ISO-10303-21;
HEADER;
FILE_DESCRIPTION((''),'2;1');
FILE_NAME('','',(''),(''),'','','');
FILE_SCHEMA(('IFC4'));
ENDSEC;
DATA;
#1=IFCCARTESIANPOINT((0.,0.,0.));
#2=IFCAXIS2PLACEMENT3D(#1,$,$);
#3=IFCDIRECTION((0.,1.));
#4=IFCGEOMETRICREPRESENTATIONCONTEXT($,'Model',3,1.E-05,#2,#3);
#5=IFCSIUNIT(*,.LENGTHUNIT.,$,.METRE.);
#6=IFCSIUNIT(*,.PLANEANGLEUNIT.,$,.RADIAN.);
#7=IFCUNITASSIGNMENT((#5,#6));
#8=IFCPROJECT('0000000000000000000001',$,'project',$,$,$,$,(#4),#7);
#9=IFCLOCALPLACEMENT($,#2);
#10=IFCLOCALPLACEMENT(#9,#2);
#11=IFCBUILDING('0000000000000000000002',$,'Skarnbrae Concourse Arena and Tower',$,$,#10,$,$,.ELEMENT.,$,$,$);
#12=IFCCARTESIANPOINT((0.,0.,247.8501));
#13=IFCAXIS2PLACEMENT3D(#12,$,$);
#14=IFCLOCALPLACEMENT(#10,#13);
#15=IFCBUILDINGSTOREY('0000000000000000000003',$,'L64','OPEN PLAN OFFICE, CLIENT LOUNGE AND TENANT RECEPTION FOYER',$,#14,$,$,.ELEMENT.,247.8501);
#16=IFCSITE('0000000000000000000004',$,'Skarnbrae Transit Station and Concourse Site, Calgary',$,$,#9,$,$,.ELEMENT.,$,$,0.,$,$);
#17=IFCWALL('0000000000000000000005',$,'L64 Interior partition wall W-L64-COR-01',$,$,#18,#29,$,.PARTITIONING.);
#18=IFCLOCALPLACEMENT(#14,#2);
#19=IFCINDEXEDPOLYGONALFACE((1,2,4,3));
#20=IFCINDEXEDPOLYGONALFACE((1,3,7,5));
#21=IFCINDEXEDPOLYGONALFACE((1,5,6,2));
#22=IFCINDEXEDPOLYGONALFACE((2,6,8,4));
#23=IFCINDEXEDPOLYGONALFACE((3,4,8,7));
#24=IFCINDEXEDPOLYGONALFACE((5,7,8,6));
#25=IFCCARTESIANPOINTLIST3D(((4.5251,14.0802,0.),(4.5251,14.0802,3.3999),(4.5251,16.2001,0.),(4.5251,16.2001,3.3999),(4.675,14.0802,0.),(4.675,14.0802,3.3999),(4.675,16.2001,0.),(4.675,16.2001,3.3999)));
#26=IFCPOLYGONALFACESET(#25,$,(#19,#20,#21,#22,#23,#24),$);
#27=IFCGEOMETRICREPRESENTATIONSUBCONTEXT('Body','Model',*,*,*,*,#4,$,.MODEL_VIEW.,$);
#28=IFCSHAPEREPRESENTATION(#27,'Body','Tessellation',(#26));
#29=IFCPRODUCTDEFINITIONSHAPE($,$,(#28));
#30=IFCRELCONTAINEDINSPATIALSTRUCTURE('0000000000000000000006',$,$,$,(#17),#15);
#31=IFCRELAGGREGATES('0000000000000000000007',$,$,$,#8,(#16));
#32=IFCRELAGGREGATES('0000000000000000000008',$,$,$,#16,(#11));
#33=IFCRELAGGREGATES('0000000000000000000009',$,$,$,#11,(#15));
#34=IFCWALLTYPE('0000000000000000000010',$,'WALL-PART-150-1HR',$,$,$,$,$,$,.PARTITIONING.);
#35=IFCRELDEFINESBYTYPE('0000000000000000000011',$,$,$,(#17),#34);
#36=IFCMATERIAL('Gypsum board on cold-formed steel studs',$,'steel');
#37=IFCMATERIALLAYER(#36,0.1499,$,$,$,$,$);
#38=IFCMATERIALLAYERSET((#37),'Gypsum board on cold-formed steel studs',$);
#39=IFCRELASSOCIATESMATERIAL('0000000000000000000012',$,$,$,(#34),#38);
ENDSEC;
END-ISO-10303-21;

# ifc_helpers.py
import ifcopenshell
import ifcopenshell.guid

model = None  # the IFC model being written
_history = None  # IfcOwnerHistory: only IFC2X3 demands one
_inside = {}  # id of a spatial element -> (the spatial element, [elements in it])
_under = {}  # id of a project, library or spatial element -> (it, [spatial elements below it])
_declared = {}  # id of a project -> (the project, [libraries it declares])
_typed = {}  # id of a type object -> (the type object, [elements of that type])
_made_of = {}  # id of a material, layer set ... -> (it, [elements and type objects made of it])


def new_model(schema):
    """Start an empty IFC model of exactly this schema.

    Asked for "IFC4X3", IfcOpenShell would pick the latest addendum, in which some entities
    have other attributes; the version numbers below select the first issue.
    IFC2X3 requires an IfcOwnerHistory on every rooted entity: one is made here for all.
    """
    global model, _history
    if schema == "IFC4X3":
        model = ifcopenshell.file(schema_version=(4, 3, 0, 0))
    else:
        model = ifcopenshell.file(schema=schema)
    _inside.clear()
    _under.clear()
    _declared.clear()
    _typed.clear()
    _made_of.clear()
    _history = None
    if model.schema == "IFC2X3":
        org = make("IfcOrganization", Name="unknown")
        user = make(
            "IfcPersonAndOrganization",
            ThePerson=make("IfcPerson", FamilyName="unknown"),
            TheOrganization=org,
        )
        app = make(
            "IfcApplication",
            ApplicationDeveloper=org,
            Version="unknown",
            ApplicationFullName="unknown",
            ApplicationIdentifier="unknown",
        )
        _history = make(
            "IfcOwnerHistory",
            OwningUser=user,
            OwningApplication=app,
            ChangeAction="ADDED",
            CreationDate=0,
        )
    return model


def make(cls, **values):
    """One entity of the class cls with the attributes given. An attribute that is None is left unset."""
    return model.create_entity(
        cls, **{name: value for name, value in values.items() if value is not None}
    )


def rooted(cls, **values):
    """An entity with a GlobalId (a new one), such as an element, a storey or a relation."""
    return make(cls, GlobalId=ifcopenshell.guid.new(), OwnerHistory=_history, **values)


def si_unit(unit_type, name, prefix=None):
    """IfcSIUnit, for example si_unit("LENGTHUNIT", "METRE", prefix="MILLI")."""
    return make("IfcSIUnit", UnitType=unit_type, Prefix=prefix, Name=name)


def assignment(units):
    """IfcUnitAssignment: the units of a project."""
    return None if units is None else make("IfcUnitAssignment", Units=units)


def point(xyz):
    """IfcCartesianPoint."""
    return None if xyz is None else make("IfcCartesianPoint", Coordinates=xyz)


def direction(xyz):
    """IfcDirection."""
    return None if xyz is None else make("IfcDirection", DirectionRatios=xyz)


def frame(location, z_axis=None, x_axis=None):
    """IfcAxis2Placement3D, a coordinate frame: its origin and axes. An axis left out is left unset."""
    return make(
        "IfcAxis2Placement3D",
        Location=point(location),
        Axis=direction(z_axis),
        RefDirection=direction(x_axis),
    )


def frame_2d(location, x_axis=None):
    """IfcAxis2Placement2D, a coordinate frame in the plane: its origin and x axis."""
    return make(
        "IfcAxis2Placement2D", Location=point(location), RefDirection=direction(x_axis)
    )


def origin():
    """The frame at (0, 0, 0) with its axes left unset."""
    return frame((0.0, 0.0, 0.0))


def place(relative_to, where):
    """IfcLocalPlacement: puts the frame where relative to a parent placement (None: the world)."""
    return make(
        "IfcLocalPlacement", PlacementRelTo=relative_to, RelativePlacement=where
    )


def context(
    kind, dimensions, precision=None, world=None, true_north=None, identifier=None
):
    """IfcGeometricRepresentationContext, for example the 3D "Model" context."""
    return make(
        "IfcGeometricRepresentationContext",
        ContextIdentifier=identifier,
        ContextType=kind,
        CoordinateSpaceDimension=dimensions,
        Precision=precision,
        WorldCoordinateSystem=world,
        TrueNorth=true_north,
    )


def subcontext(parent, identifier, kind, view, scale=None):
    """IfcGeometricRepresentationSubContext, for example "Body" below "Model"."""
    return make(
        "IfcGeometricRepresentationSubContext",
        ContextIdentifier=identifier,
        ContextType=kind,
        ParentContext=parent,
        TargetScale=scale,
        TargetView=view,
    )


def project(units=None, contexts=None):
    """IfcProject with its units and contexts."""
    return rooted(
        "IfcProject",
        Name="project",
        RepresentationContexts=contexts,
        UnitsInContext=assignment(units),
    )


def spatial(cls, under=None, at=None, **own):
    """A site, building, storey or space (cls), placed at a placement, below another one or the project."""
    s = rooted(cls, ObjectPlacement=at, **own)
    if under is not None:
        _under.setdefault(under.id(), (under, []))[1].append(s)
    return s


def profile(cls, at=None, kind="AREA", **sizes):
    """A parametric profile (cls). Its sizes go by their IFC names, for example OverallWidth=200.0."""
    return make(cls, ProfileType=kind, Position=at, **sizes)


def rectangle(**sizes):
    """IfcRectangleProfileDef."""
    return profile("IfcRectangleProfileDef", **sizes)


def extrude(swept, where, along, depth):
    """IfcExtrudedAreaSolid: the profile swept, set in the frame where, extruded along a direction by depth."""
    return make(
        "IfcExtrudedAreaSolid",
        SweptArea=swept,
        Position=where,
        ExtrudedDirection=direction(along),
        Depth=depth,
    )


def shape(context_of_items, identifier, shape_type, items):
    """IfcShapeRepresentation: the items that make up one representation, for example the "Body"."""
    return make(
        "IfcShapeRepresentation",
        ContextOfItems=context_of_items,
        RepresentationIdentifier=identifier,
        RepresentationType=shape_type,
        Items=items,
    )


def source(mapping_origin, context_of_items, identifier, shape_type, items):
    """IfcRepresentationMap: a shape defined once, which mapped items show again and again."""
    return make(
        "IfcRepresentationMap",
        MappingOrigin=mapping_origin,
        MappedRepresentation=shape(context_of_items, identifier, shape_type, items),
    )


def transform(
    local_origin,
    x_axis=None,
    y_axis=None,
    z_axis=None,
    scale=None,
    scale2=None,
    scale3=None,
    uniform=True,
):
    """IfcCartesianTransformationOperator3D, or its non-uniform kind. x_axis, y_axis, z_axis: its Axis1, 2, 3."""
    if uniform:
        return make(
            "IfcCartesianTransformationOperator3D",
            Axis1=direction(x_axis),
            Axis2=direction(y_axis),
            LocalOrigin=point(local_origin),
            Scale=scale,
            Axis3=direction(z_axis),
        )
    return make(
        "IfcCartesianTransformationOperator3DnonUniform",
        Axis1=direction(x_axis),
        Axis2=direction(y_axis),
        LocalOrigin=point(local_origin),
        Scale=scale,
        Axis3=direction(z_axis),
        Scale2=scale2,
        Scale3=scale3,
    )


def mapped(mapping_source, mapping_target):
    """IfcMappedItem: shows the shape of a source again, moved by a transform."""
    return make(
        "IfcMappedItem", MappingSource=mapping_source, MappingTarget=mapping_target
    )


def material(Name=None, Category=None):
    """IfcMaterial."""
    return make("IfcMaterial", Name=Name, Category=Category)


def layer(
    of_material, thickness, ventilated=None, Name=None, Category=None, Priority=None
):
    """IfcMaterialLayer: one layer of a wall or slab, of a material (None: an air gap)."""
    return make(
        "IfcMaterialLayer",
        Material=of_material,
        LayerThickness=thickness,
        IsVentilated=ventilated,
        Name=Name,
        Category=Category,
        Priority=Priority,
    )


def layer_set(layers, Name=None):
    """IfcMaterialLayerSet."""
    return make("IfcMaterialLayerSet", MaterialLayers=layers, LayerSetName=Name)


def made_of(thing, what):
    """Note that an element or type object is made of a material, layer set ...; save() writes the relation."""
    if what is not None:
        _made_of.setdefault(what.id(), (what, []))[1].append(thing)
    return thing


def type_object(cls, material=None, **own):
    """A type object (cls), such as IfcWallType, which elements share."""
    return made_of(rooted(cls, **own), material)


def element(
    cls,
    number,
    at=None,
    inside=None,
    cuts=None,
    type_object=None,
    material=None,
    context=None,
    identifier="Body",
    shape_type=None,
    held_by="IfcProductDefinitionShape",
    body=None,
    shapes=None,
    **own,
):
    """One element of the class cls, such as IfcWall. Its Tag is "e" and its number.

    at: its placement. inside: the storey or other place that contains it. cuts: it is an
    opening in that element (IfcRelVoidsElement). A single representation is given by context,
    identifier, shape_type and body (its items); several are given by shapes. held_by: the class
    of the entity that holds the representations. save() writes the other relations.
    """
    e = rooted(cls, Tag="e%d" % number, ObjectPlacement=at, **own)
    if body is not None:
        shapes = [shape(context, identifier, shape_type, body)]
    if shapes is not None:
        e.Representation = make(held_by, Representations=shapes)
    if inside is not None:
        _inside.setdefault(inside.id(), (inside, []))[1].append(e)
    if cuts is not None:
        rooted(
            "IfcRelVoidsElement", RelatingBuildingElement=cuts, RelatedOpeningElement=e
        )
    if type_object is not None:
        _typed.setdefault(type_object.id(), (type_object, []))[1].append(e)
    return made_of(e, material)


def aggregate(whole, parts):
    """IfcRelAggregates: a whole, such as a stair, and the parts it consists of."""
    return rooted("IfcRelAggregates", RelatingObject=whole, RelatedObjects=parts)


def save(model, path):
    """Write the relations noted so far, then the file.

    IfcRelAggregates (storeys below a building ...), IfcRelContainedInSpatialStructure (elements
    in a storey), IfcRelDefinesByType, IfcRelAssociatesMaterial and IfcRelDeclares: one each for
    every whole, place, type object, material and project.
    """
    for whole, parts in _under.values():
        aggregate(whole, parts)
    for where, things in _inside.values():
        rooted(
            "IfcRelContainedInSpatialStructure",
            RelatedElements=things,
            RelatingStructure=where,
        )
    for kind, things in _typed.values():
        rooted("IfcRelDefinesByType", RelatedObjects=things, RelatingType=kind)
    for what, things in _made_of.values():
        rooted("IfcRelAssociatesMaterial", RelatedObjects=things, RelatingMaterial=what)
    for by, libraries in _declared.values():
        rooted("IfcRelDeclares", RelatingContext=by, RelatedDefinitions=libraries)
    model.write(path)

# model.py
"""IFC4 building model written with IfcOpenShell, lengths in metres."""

from ifc_helpers import new_model, si_unit, direction, frame, frame_2d, origin, place, context, subcontext, project, spatial, rectangle, extrude, source, transform, mapped, material, layer, layer_set, type_object, element, save


model = new_model("IFC4")

# Units and contexts
model_context = context("Model", 3, precision=1e-05, world=origin(), true_north=direction((0.0, 1.0)))
body_context = subcontext(model_context, "Body", "Model", "MODEL_VIEW")
ifc_project = project(units=[si_unit("LENGTHUNIT", "METRE"), si_unit("PLANEANGLEUNIT", "RADIAN")], contexts=[model_context])

# Site, building, storey
site_placement = place(None, origin())
site = spatial("IfcSite", under=ifc_project, at=site_placement, Name="Skarnbrae Transit Station and Concourse Site, Calgary", CompositionType="ELEMENT", RefElevation=0.0)
building_placement = place(site_placement, origin())
building = spatial("IfcBuilding", under=site, at=building_placement, Name="Skarnbrae Concourse Arena and Tower", CompositionType="ELEMENT")
storey_placement = place(building_placement, frame((0.0, 0.0, 247.8501)))
storey = spatial("IfcBuildingStorey", under=building, at=storey_placement, Name="L64", Description="OPEN PLAN OFFICE, CLIENT LOUNGE AND TENANT RECEPTION FOYER", CompositionType="ELEMENT", Elevation=247.8501)

# Shared definitions
ifc_material_1 = material(Name="Gypsum board on cold-formed steel studs", Category="steel")
ifc_layer_1 = layer(ifc_material_1, 0.1499)
ifc_layer_set_1 = layer_set([ifc_layer_1], Name="Gypsum board on cold-formed steel studs")
wall_type_1 = type_object("IfcWallType", Name="WALL-PART-150-1HR", PredefinedType="PARTITIONING", material=ifc_layer_set_1)

# Wall
shared_shape_1 = source(origin(), body_context, "Body", "SweptSolid", [
    extrude(rectangle(XDim=2.1199, YDim=0.1499, at=frame_2d((1.0601, 0.0))), origin(), (0.0, 0.0, 1.0), 3.3999),
])
wall_1_placement = place(storey_placement, frame((4.6001, 14.0801, 0.0), z_axis=(0.0, 0.0, 1.0), x_axis=(0.0, 1.0, 0.0)))
element("IfcWall", 1, at=wall_1_placement, inside=storey, type_object=wall_type_1, Name="L64 Interior partition wall W-L64-COR-01", PredefinedType="PARTITIONING", context=body_context, shape_type="MappedRepresentation", body=[
    mapped(shared_shape_1, transform((0.0, 0.0, 0.0))),
])

save(model, "model.ifc")
